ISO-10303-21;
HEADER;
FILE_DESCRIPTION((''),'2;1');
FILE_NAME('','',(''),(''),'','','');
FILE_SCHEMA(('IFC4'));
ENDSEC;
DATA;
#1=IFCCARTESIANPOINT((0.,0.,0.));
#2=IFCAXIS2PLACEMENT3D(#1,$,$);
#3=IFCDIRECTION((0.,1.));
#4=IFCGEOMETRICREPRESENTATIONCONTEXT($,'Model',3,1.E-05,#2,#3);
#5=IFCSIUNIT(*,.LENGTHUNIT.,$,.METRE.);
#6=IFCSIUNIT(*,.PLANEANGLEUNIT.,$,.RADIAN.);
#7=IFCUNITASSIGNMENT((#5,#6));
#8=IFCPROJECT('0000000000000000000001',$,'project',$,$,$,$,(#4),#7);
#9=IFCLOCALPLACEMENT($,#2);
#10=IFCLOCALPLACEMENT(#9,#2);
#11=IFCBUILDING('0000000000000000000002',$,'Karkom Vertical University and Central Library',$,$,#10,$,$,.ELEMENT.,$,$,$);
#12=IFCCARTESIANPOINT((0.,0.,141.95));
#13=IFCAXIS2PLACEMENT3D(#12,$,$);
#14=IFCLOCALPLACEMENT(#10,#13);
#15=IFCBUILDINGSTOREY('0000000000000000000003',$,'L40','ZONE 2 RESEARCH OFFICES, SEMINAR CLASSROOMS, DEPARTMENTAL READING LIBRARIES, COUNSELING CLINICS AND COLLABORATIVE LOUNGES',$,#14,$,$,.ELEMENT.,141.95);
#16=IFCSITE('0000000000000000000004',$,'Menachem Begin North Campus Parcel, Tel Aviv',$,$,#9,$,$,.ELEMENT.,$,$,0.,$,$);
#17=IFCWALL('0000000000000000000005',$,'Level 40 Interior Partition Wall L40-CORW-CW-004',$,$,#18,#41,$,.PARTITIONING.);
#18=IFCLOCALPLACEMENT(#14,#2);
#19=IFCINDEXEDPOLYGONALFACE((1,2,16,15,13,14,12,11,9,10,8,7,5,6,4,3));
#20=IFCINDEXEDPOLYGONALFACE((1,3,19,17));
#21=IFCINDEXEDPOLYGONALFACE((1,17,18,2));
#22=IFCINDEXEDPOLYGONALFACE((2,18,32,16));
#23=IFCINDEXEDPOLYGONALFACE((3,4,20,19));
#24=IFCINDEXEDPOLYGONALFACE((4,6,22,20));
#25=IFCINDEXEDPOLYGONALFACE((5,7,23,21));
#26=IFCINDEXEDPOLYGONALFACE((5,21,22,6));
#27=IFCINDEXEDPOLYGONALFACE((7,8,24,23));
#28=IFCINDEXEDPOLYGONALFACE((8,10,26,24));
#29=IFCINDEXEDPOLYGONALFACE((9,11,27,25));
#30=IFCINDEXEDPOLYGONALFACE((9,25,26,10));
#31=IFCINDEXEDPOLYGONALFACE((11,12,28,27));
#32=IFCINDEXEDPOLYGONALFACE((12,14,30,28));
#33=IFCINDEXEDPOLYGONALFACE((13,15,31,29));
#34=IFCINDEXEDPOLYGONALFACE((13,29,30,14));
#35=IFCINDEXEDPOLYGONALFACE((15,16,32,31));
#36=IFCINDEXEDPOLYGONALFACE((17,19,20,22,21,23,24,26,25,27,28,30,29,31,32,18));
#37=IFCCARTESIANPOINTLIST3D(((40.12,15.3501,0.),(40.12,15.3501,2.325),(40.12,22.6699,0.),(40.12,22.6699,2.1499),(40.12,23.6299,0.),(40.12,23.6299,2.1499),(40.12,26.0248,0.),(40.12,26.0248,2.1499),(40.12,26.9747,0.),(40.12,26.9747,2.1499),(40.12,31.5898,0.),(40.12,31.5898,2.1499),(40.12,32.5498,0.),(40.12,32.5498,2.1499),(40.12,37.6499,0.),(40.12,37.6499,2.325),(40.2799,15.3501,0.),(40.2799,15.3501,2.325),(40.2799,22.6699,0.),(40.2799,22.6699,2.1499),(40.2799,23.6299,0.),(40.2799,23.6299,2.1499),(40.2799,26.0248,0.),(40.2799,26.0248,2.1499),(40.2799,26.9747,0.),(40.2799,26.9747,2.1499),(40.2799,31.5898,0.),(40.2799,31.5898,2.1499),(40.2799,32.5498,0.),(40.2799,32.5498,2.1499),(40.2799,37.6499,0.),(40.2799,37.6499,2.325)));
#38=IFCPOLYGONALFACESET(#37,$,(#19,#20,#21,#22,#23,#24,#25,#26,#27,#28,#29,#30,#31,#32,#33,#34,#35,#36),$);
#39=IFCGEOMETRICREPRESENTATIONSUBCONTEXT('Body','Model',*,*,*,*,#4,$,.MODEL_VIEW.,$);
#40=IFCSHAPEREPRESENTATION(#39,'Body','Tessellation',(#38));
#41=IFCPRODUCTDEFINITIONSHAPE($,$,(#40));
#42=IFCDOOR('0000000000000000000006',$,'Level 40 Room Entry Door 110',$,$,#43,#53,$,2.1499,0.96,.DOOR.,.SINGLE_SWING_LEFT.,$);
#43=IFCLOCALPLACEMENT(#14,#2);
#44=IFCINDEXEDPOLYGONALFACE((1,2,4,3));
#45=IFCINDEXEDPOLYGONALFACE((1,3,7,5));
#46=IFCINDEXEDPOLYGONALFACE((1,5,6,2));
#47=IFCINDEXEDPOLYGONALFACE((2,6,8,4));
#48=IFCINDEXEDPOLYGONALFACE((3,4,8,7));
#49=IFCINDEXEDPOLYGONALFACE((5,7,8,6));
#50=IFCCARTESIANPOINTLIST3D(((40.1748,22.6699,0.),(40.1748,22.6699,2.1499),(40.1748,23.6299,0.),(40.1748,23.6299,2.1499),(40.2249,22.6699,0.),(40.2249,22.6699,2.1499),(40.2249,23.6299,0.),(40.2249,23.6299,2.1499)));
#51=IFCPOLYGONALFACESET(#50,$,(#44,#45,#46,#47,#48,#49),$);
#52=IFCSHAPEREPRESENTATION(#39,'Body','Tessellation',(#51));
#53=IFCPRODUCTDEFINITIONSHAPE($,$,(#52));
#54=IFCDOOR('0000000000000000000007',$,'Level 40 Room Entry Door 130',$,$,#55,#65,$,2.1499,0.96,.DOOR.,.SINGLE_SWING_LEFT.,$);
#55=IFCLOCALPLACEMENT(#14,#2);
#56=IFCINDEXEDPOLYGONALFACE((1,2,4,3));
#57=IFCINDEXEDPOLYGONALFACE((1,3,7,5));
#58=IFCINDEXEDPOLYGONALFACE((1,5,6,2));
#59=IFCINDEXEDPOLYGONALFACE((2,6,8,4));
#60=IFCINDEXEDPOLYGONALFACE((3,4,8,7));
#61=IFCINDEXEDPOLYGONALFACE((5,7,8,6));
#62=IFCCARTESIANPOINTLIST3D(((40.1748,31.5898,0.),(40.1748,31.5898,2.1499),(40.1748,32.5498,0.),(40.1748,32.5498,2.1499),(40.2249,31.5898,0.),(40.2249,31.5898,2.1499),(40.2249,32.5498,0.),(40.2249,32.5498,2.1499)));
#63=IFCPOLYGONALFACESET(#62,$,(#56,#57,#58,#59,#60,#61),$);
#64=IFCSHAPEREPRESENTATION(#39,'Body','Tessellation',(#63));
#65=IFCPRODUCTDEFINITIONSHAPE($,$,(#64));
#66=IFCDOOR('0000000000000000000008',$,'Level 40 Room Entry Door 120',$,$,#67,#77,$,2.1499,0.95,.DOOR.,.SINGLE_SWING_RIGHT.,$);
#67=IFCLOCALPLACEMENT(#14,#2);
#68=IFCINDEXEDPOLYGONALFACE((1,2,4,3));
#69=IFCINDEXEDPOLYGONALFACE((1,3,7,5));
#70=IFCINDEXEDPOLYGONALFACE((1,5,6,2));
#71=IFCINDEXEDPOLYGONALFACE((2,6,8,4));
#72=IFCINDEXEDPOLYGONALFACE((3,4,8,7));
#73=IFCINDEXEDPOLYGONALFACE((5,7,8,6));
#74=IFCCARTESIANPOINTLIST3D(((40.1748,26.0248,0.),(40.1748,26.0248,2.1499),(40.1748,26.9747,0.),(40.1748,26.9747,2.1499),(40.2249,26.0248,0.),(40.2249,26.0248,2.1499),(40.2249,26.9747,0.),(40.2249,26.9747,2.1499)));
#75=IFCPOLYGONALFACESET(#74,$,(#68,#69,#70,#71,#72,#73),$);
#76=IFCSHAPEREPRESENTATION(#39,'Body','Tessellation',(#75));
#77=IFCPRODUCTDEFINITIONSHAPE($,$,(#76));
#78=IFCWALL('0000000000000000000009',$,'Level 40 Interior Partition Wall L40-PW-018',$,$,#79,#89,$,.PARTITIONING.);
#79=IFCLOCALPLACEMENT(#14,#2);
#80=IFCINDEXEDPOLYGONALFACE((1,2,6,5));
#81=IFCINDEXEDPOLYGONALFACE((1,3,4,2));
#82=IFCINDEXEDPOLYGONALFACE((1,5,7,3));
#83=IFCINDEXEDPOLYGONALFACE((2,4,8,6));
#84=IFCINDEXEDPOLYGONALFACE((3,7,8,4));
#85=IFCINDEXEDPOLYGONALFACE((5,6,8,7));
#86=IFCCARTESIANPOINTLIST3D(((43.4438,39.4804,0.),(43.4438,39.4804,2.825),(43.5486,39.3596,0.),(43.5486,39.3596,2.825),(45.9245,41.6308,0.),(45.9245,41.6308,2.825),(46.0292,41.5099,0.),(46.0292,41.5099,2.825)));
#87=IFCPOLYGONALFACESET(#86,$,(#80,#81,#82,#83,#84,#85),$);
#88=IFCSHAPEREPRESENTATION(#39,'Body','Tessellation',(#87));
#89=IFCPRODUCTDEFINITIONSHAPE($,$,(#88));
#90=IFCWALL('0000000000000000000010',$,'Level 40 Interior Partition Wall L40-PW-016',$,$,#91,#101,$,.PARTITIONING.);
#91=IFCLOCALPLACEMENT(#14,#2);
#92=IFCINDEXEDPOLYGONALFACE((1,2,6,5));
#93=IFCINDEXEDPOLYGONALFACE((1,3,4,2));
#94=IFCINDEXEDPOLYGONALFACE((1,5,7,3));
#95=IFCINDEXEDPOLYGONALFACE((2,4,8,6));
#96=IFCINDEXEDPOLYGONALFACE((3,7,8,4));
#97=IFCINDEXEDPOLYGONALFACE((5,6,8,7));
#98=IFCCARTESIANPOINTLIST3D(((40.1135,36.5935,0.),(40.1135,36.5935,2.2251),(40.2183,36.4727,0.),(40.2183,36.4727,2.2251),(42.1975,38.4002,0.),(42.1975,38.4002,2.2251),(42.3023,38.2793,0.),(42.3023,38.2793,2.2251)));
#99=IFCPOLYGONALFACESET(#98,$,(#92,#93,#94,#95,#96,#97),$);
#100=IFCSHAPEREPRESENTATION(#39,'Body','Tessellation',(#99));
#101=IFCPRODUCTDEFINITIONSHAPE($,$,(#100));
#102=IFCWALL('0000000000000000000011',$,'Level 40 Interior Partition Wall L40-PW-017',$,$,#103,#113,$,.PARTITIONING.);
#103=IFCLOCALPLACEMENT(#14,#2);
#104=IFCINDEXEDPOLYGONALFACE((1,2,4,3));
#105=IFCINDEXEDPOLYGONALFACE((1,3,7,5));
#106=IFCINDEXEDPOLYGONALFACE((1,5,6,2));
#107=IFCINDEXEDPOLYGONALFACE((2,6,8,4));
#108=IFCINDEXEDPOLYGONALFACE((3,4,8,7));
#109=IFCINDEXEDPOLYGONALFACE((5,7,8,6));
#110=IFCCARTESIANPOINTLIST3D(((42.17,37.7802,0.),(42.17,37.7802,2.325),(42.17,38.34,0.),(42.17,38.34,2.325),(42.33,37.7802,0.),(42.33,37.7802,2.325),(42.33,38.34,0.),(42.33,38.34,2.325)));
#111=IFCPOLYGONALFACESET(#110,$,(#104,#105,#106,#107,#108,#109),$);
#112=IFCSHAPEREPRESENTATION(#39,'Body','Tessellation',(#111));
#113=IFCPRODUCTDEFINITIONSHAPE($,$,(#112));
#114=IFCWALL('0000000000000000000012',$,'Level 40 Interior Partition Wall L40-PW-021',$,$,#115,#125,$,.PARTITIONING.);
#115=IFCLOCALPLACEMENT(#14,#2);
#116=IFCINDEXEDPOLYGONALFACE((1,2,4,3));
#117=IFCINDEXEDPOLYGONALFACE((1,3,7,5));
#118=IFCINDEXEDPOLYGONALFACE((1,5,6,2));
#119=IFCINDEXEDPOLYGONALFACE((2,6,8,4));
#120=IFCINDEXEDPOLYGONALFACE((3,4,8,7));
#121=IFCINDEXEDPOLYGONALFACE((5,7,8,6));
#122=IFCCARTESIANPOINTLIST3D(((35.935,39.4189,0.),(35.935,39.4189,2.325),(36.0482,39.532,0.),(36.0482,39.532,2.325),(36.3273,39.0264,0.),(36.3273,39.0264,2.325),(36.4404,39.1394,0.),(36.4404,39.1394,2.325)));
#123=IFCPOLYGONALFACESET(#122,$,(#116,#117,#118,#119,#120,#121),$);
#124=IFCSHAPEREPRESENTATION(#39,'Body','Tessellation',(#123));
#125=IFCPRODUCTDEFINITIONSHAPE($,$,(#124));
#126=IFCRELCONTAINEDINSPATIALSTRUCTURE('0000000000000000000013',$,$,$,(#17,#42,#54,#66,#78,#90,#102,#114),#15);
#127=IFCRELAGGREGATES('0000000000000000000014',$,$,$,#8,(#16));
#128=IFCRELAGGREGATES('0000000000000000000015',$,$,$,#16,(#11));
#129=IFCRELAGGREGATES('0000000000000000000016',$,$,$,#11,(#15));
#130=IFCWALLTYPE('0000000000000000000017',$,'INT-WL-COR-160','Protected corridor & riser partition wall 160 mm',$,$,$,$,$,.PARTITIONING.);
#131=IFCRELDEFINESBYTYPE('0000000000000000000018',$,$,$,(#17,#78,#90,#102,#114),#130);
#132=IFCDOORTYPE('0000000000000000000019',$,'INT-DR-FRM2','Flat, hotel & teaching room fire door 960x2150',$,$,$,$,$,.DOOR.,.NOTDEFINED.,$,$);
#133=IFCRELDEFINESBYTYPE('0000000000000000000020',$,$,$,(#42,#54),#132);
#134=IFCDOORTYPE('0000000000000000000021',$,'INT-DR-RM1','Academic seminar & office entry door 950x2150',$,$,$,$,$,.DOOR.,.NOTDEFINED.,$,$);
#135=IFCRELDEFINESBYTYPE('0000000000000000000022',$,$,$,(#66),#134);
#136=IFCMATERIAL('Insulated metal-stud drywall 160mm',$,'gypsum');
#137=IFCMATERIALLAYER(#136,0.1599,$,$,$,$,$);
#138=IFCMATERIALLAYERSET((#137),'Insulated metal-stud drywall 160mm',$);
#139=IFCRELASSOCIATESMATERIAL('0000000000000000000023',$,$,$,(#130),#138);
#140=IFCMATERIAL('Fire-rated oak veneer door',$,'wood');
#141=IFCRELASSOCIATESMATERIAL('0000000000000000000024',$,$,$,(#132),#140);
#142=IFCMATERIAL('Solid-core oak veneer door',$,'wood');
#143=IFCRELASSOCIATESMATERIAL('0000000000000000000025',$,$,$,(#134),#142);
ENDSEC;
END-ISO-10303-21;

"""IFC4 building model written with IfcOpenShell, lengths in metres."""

from ifc_helpers import new_model, si_unit, direction, frame, frame_2d, origin, origin_with_axes, place, context, subcontext, project, spatial, rectangle, extrude, source, transform, mapped, material, layer, layer_set, type_object, element, fill, save


model = new_model("IFC4")

# Units and contexts
model_context = context("Model", 3, precision=1e-05, world=origin(), true_north=direction((0.0, 1.0)))
body_context = subcontext(model_context, "Body", "Model", "MODEL_VIEW")
ifc_project = project(units=[si_unit("LENGTHUNIT", "METRE"), si_unit("PLANEANGLEUNIT", "RADIAN")], contexts=[model_context])

# Site, building, storey
site_placement = place(None, origin())
site = spatial("IfcSite", under=ifc_project, at=site_placement, Name="Menachem Begin North Campus Parcel, Tel Aviv", CompositionType="ELEMENT", RefElevation=0.0)
building_placement = place(site_placement, origin())
building = spatial("IfcBuilding", under=site, at=building_placement, Name="Karkom Vertical University and Central Library", CompositionType="ELEMENT")
storey_placement = place(building_placement, frame((0.0, 0.0, 141.95)))
storey = spatial("IfcBuildingStorey", under=building, at=storey_placement, Name="L40", Description="ZONE 2 RESEARCH OFFICES, SEMINAR CLASSROOMS, DEPARTMENTAL READING LIBRARIES, COUNSELING CLINICS AND COLLABORATIVE LOUNGES", CompositionType="ELEMENT", Elevation=141.95)

# Wall, openings, doors
ifc_material_1 = material(Name="Insulated metal-stud drywall 160mm", Category="gypsum")
ifc_layer_1 = layer(ifc_material_1, 0.1599)
ifc_layer_set_1 = layer_set([ifc_layer_1], Name="Insulated metal-stud drywall 160mm")
wall_type_1 = type_object("IfcWallType", Name="INT-WL-COR-160", Description="Protected corridor & riser partition wall 160 mm", PredefinedType="PARTITIONING", material=ifc_layer_set_1)
wall_1_placement = place(storey_placement, frame((40.2, 37.6499, 0.0), z_axis=(0.0, 0.0, 1.0), x_axis=(0.0, -1.0, 0.0)))
wall_1 = element("IfcWall", 1, at=wall_1_placement, inside=storey, type_object=wall_type_1, Name="Level 40 Interior Partition Wall L40-CORW-CW-004", PredefinedType="PARTITIONING", context=body_context, shape_type="SweptSolid", body=[
    extrude(rectangle(XDim=22.2998, YDim=0.1599, at=frame_2d((11.1499, 0.0))), origin(), (0.0, 0.0, 1.0), 2.325),
])
opening_1_placement = place(wall_1_placement, frame((14.02, 0.0, 0.0)))
opening_1 = element("IfcOpeningElement", 2, at=opening_1_placement, cuts=wall_1, PredefinedType="OPENING", context=body_context, shape_type="SweptSolid", body=[
    extrude(rectangle(XDim=0.96, YDim=2.1499, at=frame_2d((0.48, 1.075))), frame((0.0, 0.0898, 0.0), z_axis=(0.0, -1.0, 0.0), x_axis=(1.0, 0.0, 0.0)), (0.0, 0.0, 1.0), 0.1799),
])
opening_2_placement = place(wall_1_placement, frame((10.675, 0.0, 0.0)))
opening_2 = element("IfcOpeningElement", 3, at=opening_2_placement, cuts=wall_1, PredefinedType="OPENING", context=body_context, shape_type="SweptSolid", body=[
    extrude(rectangle(XDim=0.95, YDim=2.1499, at=frame_2d((0.4751, 1.075))), frame((0.0, 0.0898, 0.0), z_axis=(0.0, -1.0, 0.0), x_axis=(1.0, 0.0, 0.0)), (0.0, 0.0, 1.0), 0.1799),
])
opening_3_placement = place(wall_1_placement, frame((5.1001, 0.0, 0.0)))
opening_3 = element("IfcOpeningElement", 4, at=opening_3_placement, cuts=wall_1, PredefinedType="OPENING", context=body_context, shape_type="SweptSolid", body=[
    extrude(rectangle(XDim=0.96, YDim=2.1499, at=frame_2d((0.48, 1.075))), frame((0.0, 0.0898, 0.0), z_axis=(0.0, -1.0, 0.0), x_axis=(1.0, 0.0, 0.0)), (0.0, 0.0, 1.0), 0.1799),
])
ifc_material_2 = material(Name="Fire-rated oak veneer door", Category="wood")
door_type_1 = type_object("IfcDoorType", Name="INT-DR-FRM2", Description="Flat, hotel & teaching room fire door 960x2150", OperationType="NOTDEFINED", PredefinedType="DOOR", material=ifc_material_2)
shared_shape_1 = source(origin_with_axes(), body_context, "Body", "SweptSolid", [
    extrude(rectangle(XDim=0.96, YDim=2.1499, at=frame_2d((0.48, 1.075))), frame((0.0, 0.0249, 0.0), z_axis=(0.0, -1.0, 0.0), x_axis=(1.0, 0.0, 0.0)), (0.0, 0.0, 1.0), 0.05),
])
door_1_placement = place(opening_1_placement, origin())
door_1 = element("IfcDoor", 5, at=door_1_placement, inside=storey, type_object=door_type_1, Name="Level 40 Room Entry Door 110", OperationType="SINGLE_SWING_LEFT", OverallHeight=2.1499, OverallWidth=0.96, PredefinedType="DOOR", context=body_context, shape_type="MappedRepresentation", body=[
    mapped(shared_shape_1, transform((0.0, 0.0, 0.0), scale=1.0)),
])
fill(opening_1, door_1)
door_2_placement = place(opening_3_placement, origin())
door_2 = element("IfcDoor", 6, at=door_2_placement, inside=storey, type_object=door_type_1, Name="Level 40 Room Entry Door 130", OperationType="SINGLE_SWING_LEFT", OverallHeight=2.1499, OverallWidth=0.96, PredefinedType="DOOR", context=body_context, shape_type="MappedRepresentation", body=[
    mapped(shared_shape_1, transform((0.0, 0.0, 0.0), scale=1.0)),
])
fill(opening_3, door_2)
ifc_material_3 = material(Name="Solid-core oak veneer door", Category="wood")
door_type_2 = type_object("IfcDoorType", Name="INT-DR-RM1", Description="Academic seminar & office entry door 950x2150", OperationType="NOTDEFINED", PredefinedType="DOOR", material=ifc_material_3)
shared_shape_2 = source(origin_with_axes(), body_context, "Body", "SweptSolid", [
    extrude(rectangle(XDim=0.95, YDim=2.1499, at=frame_2d((0.4751, 1.075))), frame((0.0, 0.0249, 0.0), z_axis=(0.0, -1.0, 0.0), x_axis=(1.0, 0.0, 0.0)), (0.0, 0.0, 1.0), 0.05),
])
door_3_placement = place(opening_2_placement, origin())
door_3 = element("IfcDoor", 7, at=door_3_placement, inside=storey, type_object=door_type_2, Name="Level 40 Room Entry Door 120", OperationType="SINGLE_SWING_RIGHT", OverallHeight=2.1499, OverallWidth=0.95, PredefinedType="DOOR", context=body_context, shape_type="MappedRepresentation", body=[
    mapped(shared_shape_2, transform((0.0, 0.0, 0.0), scale=1.0)),
])
fill(opening_2, door_3)

# Walls
wall_2_placement = place(storey_placement, frame((43.4961, 39.4199, 0.0), z_axis=(0.0, 0.0, 1.0), x_axis=(0.755623, 0.655007, 0.0)))
element("IfcWall", 8, at=wall_2_placement, inside=storey, type_object=wall_type_1, Name="Level 40 Interior Partition Wall L40-PW-018", PredefinedType="PARTITIONING", context=body_context, shape_type="SweptSolid", body=[
    extrude(rectangle(XDim=3.283, YDim=0.1599, at=frame_2d((1.6416, 0.0))), origin(), (0.0, 0.0, 1.0), 2.825),
])
wall_3_placement = place(storey_placement, frame((40.166, 36.5332, 0.0), z_axis=(0.0, 0.0, 1.0), x_axis=(0.755596, 0.655038, 0.0)))
element("IfcWall", 9, at=wall_3_placement, inside=storey, type_object=wall_type_1, Name="Level 40 Interior Partition Wall L40-PW-016", PredefinedType="PARTITIONING", context=body_context, shape_type="SweptSolid", body=[
    extrude(rectangle(XDim=2.7581, YDim=0.1599, at=frame_2d((1.3789, 0.0))), origin(), (0.0, 0.0, 1.0), 2.2251),
])
wall_4_placement = place(storey_placement, frame((42.25, 38.3398, 0.0), z_axis=(0.0, 0.0, 1.0), x_axis=(0.0, -1.0, 0.0)))
element("IfcWall", 10, at=wall_4_placement, inside=storey, type_object=wall_type_1, Name="Level 40 Interior Partition Wall L40-PW-017", PredefinedType="PARTITIONING", context=body_context, shape_type="SweptSolid", body=[
    extrude(rectangle(XDim=0.5598, YDim=0.1599, at=frame_2d((0.2798, 0.0))), origin(), (0.0, 0.0, 1.0), 2.325),
])
wall_5_placement = place(storey_placement, frame((36.3838, 39.083, 0.0), z_axis=(0.0, 0.0, 1.0), x_axis=(-0.706887, 0.707327, 0.0)))
element("IfcWall", 11, at=wall_5_placement, inside=storey, type_object=wall_type_1, Name="Level 40 Interior Partition Wall L40-PW-021", PredefinedType="PARTITIONING", context=body_context, shape_type="SweptSolid", body=[
    extrude(rectangle(XDim=0.5549, YDim=0.1599, at=frame_2d((0.2773, 0.0))), origin(), (0.0, 0.0, 1.0), 2.325),
])

save(model, "model.ifc")
